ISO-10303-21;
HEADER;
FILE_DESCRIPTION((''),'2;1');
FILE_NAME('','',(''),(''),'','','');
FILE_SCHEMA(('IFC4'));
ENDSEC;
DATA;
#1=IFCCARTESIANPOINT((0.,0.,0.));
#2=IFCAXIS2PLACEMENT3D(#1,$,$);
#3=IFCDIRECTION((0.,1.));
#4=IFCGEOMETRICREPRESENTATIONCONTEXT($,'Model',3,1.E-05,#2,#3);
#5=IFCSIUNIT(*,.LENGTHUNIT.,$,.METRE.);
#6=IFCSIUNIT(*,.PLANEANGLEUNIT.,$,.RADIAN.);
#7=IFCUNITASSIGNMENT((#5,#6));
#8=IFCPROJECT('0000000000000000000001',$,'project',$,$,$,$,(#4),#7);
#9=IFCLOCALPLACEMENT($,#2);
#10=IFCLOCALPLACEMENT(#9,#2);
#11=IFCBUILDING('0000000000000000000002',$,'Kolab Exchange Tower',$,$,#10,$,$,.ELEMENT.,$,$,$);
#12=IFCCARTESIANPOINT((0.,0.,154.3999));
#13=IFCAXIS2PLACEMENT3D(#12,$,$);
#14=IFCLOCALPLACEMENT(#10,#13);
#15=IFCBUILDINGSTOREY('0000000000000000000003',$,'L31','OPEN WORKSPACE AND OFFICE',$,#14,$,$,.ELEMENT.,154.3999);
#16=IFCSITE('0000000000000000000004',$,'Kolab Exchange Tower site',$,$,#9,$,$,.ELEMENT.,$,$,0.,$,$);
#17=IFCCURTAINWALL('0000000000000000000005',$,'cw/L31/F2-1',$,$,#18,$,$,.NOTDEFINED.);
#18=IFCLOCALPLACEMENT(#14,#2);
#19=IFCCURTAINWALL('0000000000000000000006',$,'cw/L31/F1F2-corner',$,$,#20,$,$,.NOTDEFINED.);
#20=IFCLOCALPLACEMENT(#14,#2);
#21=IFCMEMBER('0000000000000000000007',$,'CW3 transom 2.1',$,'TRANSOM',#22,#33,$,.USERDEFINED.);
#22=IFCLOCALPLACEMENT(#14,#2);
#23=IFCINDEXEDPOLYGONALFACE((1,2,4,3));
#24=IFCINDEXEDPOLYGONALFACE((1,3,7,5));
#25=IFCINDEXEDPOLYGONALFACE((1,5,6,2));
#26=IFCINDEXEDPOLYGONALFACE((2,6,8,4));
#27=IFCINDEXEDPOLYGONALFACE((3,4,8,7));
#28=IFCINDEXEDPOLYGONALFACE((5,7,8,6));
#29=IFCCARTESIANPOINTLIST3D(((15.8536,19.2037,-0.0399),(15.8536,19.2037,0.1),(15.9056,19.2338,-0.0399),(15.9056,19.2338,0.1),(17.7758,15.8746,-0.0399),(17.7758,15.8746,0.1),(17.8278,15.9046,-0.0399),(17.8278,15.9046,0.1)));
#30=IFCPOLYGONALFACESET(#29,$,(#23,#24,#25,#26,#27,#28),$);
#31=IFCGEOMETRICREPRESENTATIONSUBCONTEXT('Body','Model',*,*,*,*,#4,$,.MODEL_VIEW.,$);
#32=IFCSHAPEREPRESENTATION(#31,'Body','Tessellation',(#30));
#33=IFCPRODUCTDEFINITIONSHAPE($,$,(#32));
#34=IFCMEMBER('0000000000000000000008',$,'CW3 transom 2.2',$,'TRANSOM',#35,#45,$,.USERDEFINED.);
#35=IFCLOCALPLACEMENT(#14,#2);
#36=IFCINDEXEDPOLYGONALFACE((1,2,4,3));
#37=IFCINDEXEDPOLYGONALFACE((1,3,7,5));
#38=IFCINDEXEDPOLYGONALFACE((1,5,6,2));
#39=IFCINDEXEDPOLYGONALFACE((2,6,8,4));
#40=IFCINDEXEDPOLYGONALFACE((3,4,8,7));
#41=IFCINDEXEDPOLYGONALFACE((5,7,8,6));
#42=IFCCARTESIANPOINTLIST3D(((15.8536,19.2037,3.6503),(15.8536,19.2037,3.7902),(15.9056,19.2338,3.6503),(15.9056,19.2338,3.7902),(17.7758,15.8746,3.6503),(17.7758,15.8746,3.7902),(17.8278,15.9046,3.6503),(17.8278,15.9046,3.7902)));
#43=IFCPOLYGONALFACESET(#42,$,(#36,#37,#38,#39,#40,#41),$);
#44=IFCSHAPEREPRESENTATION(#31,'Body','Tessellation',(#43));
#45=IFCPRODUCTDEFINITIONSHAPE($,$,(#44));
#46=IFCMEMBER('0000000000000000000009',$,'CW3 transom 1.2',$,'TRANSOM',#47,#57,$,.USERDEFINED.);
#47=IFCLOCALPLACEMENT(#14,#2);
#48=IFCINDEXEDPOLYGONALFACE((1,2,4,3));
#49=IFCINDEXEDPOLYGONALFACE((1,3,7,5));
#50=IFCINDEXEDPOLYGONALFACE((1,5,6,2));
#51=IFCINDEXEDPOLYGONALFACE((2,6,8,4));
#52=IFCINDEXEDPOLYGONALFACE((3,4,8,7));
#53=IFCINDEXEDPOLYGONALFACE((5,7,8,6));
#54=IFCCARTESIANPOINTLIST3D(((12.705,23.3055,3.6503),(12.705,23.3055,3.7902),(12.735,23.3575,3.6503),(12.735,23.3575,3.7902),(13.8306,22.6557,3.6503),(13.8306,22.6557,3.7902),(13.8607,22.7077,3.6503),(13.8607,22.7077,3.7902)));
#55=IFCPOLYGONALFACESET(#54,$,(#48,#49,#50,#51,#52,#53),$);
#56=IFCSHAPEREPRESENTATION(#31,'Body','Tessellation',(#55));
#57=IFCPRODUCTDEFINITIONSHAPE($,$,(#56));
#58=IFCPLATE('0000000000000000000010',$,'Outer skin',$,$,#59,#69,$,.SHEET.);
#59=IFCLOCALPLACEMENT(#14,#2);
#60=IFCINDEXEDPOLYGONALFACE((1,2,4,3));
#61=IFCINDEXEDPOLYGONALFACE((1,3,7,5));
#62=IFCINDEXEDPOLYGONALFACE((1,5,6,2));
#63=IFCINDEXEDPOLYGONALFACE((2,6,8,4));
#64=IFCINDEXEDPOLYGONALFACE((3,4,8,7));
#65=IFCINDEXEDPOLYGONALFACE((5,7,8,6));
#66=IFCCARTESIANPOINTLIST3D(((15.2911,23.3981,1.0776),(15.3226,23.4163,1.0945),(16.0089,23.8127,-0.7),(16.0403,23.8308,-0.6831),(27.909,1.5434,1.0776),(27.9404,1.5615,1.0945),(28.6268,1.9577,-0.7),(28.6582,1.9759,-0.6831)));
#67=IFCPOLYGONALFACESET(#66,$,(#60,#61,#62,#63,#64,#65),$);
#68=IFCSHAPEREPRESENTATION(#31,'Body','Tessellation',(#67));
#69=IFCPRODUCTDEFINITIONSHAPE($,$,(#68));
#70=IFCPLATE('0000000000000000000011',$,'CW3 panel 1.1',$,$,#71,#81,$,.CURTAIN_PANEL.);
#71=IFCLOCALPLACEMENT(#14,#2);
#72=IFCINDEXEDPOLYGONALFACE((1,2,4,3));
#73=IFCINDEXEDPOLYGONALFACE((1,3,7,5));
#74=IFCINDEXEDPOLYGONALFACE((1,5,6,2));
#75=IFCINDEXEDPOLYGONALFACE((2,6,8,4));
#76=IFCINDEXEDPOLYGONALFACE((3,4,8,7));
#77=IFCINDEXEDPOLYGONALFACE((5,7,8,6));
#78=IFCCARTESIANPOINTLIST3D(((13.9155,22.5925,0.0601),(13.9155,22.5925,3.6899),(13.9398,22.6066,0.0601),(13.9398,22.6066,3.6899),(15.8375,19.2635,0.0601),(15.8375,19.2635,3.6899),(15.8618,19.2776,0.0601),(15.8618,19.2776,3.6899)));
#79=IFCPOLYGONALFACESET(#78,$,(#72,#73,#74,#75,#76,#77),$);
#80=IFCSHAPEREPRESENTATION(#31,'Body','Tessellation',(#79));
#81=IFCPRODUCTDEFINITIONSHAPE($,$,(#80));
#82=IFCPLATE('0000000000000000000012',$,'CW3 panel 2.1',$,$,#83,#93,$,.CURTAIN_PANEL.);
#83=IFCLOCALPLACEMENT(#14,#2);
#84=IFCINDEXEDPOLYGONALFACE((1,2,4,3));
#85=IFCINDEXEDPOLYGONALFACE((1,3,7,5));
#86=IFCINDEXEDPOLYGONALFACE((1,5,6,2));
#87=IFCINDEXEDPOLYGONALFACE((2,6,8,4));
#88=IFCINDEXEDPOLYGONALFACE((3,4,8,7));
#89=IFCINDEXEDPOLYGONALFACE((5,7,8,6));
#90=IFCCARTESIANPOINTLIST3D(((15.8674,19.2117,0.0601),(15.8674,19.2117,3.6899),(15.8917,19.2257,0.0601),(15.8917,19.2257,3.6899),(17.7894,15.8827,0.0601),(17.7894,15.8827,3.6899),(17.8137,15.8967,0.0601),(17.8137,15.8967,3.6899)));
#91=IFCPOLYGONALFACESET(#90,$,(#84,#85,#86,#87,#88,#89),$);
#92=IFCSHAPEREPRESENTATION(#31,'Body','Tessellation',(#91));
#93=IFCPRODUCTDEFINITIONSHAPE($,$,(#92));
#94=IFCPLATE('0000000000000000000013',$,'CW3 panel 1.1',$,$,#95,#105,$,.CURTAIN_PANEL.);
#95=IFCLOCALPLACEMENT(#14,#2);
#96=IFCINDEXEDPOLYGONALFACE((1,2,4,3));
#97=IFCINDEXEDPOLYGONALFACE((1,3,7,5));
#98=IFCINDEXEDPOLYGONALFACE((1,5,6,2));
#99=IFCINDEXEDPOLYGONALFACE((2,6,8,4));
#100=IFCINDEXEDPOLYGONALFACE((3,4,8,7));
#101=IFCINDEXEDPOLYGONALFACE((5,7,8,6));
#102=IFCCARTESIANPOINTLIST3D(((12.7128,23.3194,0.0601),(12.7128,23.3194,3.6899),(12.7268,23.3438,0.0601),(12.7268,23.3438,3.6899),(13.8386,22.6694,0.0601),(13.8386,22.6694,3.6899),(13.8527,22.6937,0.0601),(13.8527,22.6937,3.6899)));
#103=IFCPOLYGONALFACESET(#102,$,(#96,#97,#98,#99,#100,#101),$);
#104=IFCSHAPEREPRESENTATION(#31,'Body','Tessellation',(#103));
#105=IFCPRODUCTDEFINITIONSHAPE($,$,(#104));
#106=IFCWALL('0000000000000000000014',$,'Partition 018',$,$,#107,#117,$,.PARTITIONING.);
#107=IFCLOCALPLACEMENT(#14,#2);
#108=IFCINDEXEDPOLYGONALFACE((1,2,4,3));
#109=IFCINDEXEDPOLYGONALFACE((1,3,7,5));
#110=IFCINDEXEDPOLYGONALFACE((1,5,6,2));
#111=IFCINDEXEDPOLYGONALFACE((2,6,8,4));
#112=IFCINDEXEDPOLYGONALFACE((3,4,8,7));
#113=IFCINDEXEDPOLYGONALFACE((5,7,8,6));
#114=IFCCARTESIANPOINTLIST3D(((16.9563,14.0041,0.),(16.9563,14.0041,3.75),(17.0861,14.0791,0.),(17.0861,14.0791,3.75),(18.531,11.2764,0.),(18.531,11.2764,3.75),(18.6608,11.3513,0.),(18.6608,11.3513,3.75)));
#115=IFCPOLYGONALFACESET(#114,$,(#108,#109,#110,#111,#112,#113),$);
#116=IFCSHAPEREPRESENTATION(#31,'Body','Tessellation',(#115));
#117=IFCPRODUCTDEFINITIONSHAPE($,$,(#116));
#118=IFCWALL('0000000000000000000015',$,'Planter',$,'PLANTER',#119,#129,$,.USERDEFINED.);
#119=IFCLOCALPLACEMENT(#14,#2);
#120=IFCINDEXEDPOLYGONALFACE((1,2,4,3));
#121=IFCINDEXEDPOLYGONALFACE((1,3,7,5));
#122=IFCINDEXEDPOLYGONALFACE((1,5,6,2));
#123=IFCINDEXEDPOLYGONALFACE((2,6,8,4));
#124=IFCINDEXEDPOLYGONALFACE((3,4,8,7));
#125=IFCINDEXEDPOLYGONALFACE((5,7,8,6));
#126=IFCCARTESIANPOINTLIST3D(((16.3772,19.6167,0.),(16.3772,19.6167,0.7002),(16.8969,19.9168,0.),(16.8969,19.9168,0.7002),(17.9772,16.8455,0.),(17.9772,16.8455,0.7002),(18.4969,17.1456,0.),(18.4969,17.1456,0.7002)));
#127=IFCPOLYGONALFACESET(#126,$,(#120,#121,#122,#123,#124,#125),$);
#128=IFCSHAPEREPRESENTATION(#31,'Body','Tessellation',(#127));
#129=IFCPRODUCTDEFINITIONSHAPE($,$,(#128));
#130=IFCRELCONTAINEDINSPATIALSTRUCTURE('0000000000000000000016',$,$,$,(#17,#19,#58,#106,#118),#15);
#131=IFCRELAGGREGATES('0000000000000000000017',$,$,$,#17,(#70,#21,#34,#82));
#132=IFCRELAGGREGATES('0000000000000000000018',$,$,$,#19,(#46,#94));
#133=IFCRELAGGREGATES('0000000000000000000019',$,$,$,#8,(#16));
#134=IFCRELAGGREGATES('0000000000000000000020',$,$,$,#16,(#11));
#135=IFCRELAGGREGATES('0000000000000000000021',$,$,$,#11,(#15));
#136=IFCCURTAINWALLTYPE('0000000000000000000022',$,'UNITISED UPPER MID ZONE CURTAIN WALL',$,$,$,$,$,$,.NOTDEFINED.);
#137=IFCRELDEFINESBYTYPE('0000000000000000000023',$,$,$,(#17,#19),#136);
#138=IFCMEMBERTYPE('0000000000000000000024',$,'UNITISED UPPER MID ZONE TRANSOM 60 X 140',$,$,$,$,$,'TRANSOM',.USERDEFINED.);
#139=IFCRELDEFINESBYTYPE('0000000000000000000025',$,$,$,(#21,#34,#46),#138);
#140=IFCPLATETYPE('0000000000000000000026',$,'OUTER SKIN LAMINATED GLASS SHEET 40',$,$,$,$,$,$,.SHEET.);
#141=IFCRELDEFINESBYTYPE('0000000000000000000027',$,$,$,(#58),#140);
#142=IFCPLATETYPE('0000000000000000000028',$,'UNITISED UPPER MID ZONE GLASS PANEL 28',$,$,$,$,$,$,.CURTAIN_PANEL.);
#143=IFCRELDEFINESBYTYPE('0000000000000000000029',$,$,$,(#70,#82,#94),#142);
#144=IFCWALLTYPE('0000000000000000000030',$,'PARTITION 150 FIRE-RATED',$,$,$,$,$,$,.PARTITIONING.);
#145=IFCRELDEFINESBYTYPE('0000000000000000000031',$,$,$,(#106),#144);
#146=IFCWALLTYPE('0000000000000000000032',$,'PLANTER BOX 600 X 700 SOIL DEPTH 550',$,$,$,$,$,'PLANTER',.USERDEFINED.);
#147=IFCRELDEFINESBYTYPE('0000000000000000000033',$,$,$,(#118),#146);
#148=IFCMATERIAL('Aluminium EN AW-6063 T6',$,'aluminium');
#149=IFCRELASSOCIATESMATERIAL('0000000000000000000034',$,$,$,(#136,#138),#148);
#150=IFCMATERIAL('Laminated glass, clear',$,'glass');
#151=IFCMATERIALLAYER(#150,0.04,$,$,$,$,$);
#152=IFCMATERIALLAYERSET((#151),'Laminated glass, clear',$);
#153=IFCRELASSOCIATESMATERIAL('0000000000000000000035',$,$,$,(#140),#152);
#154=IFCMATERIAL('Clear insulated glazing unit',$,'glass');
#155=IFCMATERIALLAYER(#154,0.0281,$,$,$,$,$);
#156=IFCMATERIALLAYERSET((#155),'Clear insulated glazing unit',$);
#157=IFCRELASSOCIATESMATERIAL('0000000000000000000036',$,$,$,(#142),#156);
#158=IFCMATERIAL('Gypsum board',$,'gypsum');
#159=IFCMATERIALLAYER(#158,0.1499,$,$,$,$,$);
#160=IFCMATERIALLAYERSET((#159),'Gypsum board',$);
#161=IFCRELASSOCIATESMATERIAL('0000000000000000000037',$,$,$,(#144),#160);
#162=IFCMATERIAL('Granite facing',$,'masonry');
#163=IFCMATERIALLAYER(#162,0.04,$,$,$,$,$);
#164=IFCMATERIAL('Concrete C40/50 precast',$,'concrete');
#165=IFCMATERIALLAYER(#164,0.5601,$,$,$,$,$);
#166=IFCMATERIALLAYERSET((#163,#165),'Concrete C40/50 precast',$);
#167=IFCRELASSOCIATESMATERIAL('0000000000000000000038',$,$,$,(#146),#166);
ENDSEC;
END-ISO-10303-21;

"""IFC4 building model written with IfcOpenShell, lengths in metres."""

from ifc_helpers import new_model, si_unit, direction, frame, frame_2d, origin, origin_2d, place, context, subcontext, project, spatial, polyline, rectangle, outline, extrude, material, layer, layer_set, material_profile, profile_set, type_object, element, aggregate, save


model = new_model("IFC4")

# Units and contexts
model_context = context("Model", 3, precision=1e-05, world=origin(), true_north=direction((0.0, 1.0)))
body_context = subcontext(model_context, "Body", "Model", "MODEL_VIEW")
ifc_project = project(units=[si_unit("LENGTHUNIT", "METRE"), si_unit("PLANEANGLEUNIT", "RADIAN")], contexts=[model_context])

# Site, building, storey
site_placement = place(None, origin())
site = spatial("IfcSite", under=ifc_project, at=site_placement, Name="Kolab Exchange Tower site", CompositionType="ELEMENT", RefElevation=0.0)
building_placement = place(site_placement, origin())
building = spatial("IfcBuilding", under=site, at=building_placement, Name="Kolab Exchange Tower", CompositionType="ELEMENT")
storey_placement = place(building_placement, frame((0.0, 0.0, 154.3999)))
storey = spatial("IfcBuildingStorey", under=building, at=storey_placement, Name="L31", Description="OPEN WORKSPACE AND OFFICE", CompositionType="ELEMENT", Elevation=154.3999)

# Curtain wall
ifc_material_1 = material(Name="Aluminium EN AW-6063 T6", Category="aluminium")
curtain_wall_type = type_object("IfcCurtainWallType", Name="UNITISED UPPER MID ZONE CURTAIN WALL", PredefinedType="NOTDEFINED", material=ifc_material_1)
curtain_wall_1_placement = place(storey_placement, origin())
curtain_wall_1 = element("IfcCurtainWall", 1, at=curtain_wall_1_placement, inside=storey, type_object=curtain_wall_type, Name="cw/L31/F2-1", PredefinedType="NOTDEFINED")

# Curtain wall
curtain_wall_2_placement = place(storey_placement, origin())
curtain_wall_2 = element("IfcCurtainWall", 2, at=curtain_wall_2_placement, inside=storey, type_object=curtain_wall_type, Name="cw/L31/F1F2-corner", PredefinedType="NOTDEFINED")

# Members
ifc_material_profile_1 = material_profile(ifc_material_1, rectangle(XDim=0.0601, YDim=0.1399, at=origin_2d()), Name="RECT 60X140")
ifc_profile_set_1 = profile_set([ifc_material_profile_1], Name="Aluminium EN AW-6063 T6")
member_type_1 = type_object("IfcMemberType", Name="UNITISED UPPER MID ZONE TRANSOM 60 X 140", ElementType="TRANSOM", PredefinedType="USERDEFINED", material=ifc_profile_set_1)
member_1_placement = place(storey_placement, frame((15.8796, 19.2188, 0.03), z_axis=(0.500012, -0.866018, 0.0), x_axis=(0.866018, 0.500012, 0.0)))
member_1 = element("IfcMember", 3, at=member_1_placement, type_object=member_type_1, Name="CW3 transom 2.1", ObjectType="TRANSOM", PredefinedType="USERDEFINED", context=body_context, shape_type="SweptSolid", body=[
    extrude(rectangle(XDim=0.0601, YDim=0.1399, at=origin_2d()), origin(), (0.0, 0.0, 1.0), 3.8442),
])
member_2_placement = place(storey_placement, frame((15.8796, 19.2188, 3.7202), z_axis=(0.500012, -0.866018, 0.0), x_axis=(0.866018, 0.500012, 0.0)))
member_2 = element("IfcMember", 4, at=member_2_placement, type_object=member_type_1, Name="CW3 transom 2.2", ObjectType="TRANSOM", PredefinedType="USERDEFINED", context=body_context, shape_type="SweptSolid", body=[
    extrude(rectangle(XDim=0.0601, YDim=0.1399, at=origin_2d()), origin(), (0.0, 0.0, 1.0), 3.8442),
])
member_3_placement = place(storey_placement, frame((12.72, 23.3315, 3.7202), z_axis=(0.866039, -0.499977, 0.0), x_axis=(0.499977, 0.866039, 0.0)))
member_3 = element("IfcMember", 5, at=member_3_placement, type_object=member_type_1, Name="CW3 transom 1.2", ObjectType="TRANSOM", PredefinedType="USERDEFINED", context=body_context, shape_type="SweptSolid", body=[
    extrude(rectangle(XDim=0.0601, YDim=0.1399, at=origin_2d()), origin(), (0.0, 0.0, 1.0), 1.2998),
])

# Plates
ifc_material_2 = material(Name="Laminated glass, clear", Category="glass")
ifc_layer_1 = layer(ifc_material_2, 0.04)
ifc_layer_set_1 = layer_set([ifc_layer_1], Name="Laminated glass, clear")
plate_type_1 = type_object("IfcPlateType", Name="OUTER SKIN LAMINATED GLASS SHEET 40", PredefinedType="SHEET", material=ifc_layer_set_1)
plate_1_placement = place(storey_placement, frame((16.0403, 23.8308, -0.6831), z_axis=(0.784899, 0.453162, 0.422585), x_axis=(0.5, -0.866025, 0.000001)))
element("IfcPlate", 6, at=plate_1_placement, inside=storey, type_object=plate_type_1, Name="Outer skin", PredefinedType="SHEET", context=body_context, shape_type="SweptSolid", body=[
    extrude(outline(polyline([(0.0, 0.0), (25.2359, 0.0), (25.2358, -1.9613), (0.0001, -1.9613), (0.0, 0.0)])), origin(), (0.0, 0.0, -1.0), 0.04),
])
ifc_material_3 = material(Name="Clear insulated glazing unit", Category="glass")
ifc_layer_2 = layer(ifc_material_3, 0.0281)
ifc_layer_set_2 = layer_set([ifc_layer_2], Name="Clear insulated glazing unit")
plate_type_2 = type_object("IfcPlateType", Name="UNITISED UPPER MID ZONE GLASS PANEL 28", PredefinedType="CURTAIN_PANEL", material=ifc_layer_set_2)
plate_2_placement = place(storey_placement, frame((14.8887, 20.9351, 0.0601), z_axis=(0.0, 0.0, 1.0), x_axis=(0.5, -0.866025, 0.0)))
plate_2 = element("IfcPlate", 7, at=plate_2_placement, type_object=plate_type_2, Name="CW3 panel 1.1", PredefinedType="CURTAIN_PANEL", context=body_context, shape_type="SweptSolid", body=[
    extrude(rectangle(XDim=3.844, YDim=0.0281, at=origin_2d()), origin(), (0.0, 0.0, 1.0), 3.6299),
])
plate_3_placement = place(storey_placement, frame((16.8406, 17.5542, 0.0601), z_axis=(0.0, 0.0, 1.0), x_axis=(0.5, -0.866025, 0.0)))
plate_3 = element("IfcPlate", 8, at=plate_3_placement, type_object=plate_type_2, Name="CW3 panel 2.1", PredefinedType="CURTAIN_PANEL", context=body_context, shape_type="SweptSolid", body=[
    extrude(rectangle(XDim=3.844, YDim=0.0281, at=origin_2d()), origin(), (0.0, 0.0, 1.0), 3.6299),
])
aggregate(curtain_wall_1, [plate_2, member_1, member_2, plate_3])
plate_4_placement = place(storey_placement, frame((13.2827, 23.0066, 0.0601), z_axis=(0.0, 0.0, 1.0), x_axis=(0.866025, -0.5, 0.0)))
plate_4 = element("IfcPlate", 9, at=plate_4_placement, type_object=plate_type_2, Name="CW3 panel 1.1", PredefinedType="CURTAIN_PANEL", context=body_context, shape_type="SweptSolid", body=[
    extrude(rectangle(XDim=1.3, YDim=0.0281, at=origin_2d()), origin(), (0.0, 0.0, 1.0), 3.6299),
])
aggregate(curtain_wall_2, [member_3, plate_4])

# Walls
ifc_material_4 = material(Name="Gypsum board", Category="gypsum")
ifc_layer_3 = layer(ifc_material_4, 0.1499)
ifc_layer_set_3 = layer_set([ifc_layer_3], Name="Gypsum board")
wall_type_1 = type_object("IfcWallType", Name="PARTITION 150 FIRE-RATED", PredefinedType="PARTITIONING", material=ifc_layer_set_3)
wall_1_placement = place(storey_placement, frame((17.0212, 14.0415, 0.0), z_axis=(0.0, 0.0, 1.0), x_axis=(0.499957, -0.86605, 0.0)))
element("IfcWall", 10, at=wall_1_placement, inside=storey, type_object=wall_type_1, Name="Partition 018", PredefinedType="PARTITIONING", context=body_context, shape_type="SweptSolid", body=[
    extrude(rectangle(XDim=3.1497, YDim=0.1499, at=frame_2d((1.5747, 0.0))), origin(), (0.0, 0.0, 1.0), 3.75),
])
ifc_material_5 = material(Name="Granite facing", Category="masonry")
ifc_layer_4 = layer(ifc_material_5, 0.04)
ifc_material_6 = material(Name="Concrete C40/50 precast", Category="concrete")
ifc_layer_5 = layer(ifc_material_6, 0.5601)
ifc_layer_set_4 = layer_set([ifc_layer_4, ifc_layer_5], Name="Concrete C40/50 precast")
wall_type_2 = type_object("IfcWallType", Name="PLANTER BOX 600 X 700 SOIL DEPTH 550", ElementType="PLANTER", PredefinedType="USERDEFINED", material=ifc_layer_set_4)
wall_2_placement = place(storey_placement, frame((16.637, 19.7668, 0.0), z_axis=(0.0, 0.0, 1.0), x_axis=(0.500028, -0.866009, 0.0)))
element("IfcWall", 11, at=wall_2_placement, inside=storey, type_object=wall_type_2, Name="Planter", ObjectType="PLANTER", PredefinedType="USERDEFINED", context=body_context, shape_type="SweptSolid", body=[
    extrude(rectangle(XDim=3.2, YDim=0.6001, at=frame_2d((1.6001, 0.0))), origin(), (0.0, 0.0, 1.0), 0.7002),
])

save(model, "model.ifc")
